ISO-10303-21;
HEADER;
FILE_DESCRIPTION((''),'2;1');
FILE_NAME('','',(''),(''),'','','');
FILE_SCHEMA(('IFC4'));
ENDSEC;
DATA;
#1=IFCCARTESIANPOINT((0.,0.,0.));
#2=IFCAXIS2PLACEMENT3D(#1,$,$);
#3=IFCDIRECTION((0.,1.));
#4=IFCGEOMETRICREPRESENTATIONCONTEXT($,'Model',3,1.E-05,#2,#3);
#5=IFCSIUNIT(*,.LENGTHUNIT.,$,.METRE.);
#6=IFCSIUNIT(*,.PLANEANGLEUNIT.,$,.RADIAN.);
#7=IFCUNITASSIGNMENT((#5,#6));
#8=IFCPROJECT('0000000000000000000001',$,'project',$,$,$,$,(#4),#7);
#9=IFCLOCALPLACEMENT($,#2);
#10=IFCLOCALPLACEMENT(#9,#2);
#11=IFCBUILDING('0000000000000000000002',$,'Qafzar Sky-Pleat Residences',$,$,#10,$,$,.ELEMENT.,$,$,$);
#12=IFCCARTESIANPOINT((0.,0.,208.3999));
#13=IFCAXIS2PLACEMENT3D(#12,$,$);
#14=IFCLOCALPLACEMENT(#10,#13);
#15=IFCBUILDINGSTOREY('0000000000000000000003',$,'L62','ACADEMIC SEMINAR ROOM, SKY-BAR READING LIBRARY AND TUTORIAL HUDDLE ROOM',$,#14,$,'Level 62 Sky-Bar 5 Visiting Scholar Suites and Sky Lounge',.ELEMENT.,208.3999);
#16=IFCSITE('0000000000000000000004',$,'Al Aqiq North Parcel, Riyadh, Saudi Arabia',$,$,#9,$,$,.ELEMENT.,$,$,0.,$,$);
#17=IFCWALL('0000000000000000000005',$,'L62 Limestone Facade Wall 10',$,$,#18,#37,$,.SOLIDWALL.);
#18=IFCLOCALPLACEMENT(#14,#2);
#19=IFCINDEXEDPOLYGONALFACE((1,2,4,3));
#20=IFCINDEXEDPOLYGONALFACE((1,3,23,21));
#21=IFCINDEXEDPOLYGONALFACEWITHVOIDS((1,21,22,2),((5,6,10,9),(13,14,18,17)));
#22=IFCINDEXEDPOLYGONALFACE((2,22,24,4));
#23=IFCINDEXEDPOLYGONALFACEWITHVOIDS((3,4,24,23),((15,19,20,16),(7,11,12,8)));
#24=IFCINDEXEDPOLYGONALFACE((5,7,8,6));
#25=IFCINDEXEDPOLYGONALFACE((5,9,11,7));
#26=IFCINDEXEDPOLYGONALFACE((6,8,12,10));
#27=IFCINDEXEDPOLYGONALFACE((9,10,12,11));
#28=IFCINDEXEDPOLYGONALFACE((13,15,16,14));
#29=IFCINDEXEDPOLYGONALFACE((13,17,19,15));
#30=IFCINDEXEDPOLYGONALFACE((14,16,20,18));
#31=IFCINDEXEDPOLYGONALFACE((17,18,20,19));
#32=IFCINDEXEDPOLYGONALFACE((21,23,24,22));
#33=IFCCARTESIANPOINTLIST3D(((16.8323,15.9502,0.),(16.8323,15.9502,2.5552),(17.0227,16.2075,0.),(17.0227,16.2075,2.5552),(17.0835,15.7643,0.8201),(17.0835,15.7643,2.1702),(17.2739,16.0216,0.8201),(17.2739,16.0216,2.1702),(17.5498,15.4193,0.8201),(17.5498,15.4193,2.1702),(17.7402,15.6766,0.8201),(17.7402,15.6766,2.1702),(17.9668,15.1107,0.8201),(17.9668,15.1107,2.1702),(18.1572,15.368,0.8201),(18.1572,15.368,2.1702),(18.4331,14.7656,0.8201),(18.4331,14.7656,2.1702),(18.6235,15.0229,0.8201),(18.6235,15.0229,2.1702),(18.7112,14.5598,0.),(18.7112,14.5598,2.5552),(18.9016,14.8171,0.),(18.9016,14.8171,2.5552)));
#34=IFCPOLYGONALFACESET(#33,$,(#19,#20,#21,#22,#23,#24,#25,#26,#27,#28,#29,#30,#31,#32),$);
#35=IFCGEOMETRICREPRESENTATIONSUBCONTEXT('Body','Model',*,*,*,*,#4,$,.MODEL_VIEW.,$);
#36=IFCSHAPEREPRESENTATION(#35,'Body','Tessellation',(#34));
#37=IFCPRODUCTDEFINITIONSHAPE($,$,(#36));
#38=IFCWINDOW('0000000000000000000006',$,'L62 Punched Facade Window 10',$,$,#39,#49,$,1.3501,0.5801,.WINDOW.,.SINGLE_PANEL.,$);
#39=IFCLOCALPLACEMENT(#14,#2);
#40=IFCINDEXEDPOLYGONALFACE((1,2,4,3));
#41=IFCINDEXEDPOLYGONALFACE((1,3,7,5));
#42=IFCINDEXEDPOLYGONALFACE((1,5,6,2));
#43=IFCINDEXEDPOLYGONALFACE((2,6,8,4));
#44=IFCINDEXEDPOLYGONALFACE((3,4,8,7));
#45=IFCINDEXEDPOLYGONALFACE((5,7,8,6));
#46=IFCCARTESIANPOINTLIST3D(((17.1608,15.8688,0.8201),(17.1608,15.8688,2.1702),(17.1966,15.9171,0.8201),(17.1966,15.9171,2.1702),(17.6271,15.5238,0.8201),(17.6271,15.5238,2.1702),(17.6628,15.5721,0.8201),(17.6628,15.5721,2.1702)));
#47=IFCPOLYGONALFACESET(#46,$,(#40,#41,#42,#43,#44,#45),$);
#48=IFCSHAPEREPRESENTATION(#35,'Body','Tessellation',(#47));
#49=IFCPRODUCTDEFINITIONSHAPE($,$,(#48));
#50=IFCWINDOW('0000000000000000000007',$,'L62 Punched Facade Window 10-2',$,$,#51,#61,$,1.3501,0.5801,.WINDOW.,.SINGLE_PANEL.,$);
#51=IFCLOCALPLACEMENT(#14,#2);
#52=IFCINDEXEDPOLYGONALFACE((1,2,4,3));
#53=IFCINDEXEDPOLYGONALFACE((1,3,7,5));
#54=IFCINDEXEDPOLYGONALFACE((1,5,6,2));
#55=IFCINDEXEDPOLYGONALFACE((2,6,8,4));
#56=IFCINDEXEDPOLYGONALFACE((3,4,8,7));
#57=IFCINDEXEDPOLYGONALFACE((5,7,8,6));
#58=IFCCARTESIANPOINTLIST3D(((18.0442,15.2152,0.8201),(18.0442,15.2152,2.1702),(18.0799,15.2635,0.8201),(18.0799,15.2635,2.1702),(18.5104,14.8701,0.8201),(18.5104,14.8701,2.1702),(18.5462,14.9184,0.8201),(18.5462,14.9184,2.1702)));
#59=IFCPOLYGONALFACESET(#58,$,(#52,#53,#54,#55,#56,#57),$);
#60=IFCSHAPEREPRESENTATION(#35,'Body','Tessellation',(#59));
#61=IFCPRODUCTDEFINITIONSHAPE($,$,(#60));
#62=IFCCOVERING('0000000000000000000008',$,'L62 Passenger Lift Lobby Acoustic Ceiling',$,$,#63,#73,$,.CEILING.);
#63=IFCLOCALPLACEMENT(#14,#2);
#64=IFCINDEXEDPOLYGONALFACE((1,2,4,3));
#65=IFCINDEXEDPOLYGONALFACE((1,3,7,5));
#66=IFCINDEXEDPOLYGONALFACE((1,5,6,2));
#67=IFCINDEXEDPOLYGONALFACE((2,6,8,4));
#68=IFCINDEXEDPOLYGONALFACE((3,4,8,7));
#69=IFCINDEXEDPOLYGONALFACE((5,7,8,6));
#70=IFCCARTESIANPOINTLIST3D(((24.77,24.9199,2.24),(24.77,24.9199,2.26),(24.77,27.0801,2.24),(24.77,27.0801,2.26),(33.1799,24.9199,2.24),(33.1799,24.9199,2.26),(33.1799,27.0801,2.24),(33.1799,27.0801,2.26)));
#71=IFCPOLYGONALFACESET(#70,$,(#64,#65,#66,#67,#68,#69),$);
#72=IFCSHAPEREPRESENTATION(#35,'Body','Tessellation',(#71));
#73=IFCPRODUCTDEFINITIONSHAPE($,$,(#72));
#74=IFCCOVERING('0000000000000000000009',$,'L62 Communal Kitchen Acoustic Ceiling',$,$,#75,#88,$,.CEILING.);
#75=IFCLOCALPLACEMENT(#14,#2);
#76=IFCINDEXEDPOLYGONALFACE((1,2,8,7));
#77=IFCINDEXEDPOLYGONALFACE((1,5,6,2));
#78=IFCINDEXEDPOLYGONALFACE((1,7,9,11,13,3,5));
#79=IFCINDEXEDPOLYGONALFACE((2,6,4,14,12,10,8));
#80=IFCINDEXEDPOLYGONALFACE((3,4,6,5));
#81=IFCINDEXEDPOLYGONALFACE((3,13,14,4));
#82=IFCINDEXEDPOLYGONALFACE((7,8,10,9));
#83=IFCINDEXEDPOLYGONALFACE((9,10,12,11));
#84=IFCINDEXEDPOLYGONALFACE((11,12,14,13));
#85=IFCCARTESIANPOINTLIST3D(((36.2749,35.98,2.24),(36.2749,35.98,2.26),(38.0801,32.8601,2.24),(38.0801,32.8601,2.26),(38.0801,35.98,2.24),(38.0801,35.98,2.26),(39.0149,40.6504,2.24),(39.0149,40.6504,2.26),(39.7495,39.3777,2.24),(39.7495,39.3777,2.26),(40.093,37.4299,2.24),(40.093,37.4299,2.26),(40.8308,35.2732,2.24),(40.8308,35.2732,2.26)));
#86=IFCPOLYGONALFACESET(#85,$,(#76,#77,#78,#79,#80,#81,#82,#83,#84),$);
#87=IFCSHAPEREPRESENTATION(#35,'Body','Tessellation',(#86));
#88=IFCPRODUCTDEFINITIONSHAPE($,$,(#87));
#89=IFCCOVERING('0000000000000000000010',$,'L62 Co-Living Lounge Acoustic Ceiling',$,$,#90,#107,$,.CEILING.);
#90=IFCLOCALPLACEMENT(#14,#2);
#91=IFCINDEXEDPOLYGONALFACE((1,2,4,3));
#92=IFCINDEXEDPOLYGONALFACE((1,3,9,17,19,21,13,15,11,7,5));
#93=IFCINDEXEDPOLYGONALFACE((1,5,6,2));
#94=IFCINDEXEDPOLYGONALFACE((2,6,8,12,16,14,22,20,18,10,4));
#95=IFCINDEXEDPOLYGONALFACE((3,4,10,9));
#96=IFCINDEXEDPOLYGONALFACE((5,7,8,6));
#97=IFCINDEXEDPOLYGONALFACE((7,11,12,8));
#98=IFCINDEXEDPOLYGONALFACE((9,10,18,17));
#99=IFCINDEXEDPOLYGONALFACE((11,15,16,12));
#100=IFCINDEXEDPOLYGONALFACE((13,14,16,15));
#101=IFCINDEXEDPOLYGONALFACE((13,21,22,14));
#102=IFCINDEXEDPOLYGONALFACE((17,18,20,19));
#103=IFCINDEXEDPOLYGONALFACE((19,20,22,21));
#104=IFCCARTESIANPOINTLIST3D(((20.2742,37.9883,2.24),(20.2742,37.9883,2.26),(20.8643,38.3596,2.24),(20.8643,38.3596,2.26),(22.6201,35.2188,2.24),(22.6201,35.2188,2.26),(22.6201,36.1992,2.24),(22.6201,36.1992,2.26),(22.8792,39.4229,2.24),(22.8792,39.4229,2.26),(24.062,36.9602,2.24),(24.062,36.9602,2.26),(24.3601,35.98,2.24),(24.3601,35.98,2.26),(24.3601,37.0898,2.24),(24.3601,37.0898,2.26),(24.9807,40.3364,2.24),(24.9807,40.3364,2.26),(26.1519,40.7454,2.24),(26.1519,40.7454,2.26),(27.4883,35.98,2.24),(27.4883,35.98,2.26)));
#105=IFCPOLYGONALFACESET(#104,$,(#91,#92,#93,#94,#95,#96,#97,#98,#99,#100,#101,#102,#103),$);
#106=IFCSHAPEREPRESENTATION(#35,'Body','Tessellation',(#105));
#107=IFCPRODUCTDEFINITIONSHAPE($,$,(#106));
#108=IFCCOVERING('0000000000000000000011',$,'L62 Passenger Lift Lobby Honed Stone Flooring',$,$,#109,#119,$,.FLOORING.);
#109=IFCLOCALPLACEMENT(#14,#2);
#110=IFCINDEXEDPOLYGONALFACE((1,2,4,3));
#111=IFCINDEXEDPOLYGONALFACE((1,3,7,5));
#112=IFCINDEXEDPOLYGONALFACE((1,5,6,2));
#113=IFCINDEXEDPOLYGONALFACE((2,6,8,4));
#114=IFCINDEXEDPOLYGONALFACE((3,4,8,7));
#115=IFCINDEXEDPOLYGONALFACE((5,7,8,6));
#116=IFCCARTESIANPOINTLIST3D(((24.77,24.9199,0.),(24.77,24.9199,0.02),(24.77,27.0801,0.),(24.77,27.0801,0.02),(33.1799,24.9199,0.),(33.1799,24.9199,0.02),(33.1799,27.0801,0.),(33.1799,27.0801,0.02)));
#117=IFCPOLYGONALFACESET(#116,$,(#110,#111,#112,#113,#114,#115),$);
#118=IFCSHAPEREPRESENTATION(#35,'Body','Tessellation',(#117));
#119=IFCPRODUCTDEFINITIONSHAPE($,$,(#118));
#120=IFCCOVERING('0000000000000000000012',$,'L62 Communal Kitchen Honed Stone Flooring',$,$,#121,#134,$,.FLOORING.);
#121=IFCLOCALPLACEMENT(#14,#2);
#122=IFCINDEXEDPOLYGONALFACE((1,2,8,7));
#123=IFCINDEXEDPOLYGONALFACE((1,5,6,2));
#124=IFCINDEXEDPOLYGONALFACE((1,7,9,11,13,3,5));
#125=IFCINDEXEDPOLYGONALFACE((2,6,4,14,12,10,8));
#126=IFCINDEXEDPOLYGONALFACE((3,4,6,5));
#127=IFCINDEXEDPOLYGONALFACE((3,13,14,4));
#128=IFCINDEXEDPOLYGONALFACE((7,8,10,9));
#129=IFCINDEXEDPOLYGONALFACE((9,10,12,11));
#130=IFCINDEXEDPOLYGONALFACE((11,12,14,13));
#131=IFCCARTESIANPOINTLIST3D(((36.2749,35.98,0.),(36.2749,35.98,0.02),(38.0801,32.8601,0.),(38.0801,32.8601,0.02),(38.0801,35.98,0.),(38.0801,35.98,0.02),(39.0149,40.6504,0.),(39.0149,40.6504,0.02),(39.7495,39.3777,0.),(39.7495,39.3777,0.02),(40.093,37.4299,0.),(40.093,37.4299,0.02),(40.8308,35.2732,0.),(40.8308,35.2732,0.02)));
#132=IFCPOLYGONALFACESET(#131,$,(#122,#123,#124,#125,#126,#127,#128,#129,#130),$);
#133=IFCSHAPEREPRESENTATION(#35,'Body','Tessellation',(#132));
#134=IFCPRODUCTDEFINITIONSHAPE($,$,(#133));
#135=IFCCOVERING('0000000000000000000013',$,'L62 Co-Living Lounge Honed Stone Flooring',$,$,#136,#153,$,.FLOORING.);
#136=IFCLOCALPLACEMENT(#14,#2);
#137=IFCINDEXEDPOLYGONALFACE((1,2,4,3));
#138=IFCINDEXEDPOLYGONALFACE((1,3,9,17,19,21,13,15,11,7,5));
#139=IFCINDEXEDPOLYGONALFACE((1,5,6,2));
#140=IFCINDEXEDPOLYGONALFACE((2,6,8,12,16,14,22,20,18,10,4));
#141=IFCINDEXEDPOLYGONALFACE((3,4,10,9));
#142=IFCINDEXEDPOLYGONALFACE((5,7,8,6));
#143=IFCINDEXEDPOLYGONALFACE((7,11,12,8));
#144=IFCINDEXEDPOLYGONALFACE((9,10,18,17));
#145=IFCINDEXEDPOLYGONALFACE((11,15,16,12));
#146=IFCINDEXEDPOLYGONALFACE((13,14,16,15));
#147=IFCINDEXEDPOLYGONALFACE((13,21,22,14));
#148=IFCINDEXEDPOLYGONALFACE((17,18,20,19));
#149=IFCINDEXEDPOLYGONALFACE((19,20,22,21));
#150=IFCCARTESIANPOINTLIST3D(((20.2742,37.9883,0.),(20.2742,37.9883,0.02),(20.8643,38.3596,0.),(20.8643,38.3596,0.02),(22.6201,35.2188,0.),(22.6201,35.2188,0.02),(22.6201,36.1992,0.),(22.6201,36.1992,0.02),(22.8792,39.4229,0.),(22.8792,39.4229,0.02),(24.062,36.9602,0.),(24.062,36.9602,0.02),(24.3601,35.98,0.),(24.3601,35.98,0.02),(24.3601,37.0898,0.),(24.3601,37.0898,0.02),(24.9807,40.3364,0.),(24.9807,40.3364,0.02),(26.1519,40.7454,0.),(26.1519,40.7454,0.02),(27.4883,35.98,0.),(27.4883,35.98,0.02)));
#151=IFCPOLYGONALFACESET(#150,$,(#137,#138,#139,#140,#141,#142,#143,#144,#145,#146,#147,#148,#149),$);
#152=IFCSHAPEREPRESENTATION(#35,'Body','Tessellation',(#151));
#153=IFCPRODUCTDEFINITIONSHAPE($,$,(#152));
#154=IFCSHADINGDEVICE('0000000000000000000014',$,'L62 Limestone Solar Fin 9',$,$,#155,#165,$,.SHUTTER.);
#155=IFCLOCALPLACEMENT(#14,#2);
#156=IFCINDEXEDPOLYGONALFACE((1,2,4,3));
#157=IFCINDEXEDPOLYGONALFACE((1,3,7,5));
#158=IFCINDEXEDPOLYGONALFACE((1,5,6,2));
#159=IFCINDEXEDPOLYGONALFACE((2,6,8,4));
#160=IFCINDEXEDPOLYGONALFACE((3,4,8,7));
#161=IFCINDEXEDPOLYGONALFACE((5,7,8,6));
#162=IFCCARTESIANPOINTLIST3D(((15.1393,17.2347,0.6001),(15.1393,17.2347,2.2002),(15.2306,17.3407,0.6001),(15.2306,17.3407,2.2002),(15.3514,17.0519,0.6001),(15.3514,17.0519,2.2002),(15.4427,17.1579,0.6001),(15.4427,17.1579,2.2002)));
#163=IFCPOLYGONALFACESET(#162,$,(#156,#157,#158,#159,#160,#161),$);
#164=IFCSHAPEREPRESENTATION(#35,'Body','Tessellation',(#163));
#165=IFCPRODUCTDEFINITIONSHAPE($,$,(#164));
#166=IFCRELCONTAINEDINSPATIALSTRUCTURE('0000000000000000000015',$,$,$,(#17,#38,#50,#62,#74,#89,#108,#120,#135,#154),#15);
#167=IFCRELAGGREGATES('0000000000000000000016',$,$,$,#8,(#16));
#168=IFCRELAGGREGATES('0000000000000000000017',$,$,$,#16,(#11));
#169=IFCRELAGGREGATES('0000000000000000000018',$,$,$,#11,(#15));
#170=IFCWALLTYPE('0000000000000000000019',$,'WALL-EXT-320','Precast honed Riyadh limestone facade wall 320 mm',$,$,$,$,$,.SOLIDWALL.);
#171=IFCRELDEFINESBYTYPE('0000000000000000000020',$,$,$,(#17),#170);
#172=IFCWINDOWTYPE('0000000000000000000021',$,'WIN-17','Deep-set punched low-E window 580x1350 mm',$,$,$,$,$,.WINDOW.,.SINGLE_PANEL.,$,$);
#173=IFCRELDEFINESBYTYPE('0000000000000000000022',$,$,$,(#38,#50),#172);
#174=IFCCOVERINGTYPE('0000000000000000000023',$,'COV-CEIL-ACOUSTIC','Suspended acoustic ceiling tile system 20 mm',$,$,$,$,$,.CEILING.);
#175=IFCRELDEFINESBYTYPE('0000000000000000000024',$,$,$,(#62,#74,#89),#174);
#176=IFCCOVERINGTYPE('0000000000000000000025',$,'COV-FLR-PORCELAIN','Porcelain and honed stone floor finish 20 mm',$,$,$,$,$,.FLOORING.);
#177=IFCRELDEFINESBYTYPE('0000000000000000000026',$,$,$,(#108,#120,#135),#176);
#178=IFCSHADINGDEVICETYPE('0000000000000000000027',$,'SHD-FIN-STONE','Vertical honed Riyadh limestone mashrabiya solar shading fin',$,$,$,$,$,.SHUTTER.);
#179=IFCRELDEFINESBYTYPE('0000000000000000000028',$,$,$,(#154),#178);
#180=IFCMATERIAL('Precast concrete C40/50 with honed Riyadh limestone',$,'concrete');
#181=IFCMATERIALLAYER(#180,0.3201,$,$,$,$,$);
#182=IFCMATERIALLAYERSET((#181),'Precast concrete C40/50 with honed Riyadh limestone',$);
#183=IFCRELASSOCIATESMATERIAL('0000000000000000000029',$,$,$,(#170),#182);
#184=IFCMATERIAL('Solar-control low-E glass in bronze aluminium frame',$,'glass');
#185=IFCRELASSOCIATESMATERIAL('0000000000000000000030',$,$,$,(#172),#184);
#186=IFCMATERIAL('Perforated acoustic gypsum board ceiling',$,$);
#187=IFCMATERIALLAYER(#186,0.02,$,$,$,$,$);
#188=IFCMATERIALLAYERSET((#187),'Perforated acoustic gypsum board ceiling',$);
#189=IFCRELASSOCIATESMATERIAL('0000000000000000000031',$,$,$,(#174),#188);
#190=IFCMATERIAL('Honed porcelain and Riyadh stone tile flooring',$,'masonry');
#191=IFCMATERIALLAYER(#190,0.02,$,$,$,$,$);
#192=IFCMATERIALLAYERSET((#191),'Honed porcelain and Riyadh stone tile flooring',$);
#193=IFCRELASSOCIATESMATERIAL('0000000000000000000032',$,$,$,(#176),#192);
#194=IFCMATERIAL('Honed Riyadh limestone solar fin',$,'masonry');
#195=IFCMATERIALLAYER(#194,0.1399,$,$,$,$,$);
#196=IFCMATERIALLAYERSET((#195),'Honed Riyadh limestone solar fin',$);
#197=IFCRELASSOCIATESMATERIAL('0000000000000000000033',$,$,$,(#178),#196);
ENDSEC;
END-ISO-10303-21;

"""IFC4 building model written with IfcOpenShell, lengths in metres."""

from ifc_helpers import new_model, si_unit, direction, frame, frame_2d, origin, origin_2d, place, context, subcontext, project, spatial, polyline, rectangle, outline, extrude, source, transform, mapped, material, layer, layer_set, type_object, element, fill, save


model = new_model("IFC4")

# Units and contexts
model_context = context("Model", 3, precision=1e-05, world=origin(), true_north=direction((0.0, 1.0)))
body_context = subcontext(model_context, "Body", "Model", "MODEL_VIEW")
ifc_project = project(units=[si_unit("LENGTHUNIT", "METRE"), si_unit("PLANEANGLEUNIT", "RADIAN")], contexts=[model_context])

# Site, building, storey
site_placement = place(None, origin())
site = spatial("IfcSite", under=ifc_project, at=site_placement, Name="Al Aqiq North Parcel, Riyadh, Saudi Arabia", CompositionType="ELEMENT", RefElevation=0.0)
building_placement = place(site_placement, origin())
building = spatial("IfcBuilding", under=site, at=building_placement, Name="Qafzar Sky-Pleat Residences", CompositionType="ELEMENT")
storey_placement = place(building_placement, frame((0.0, 0.0, 208.3999)))
storey = spatial("IfcBuildingStorey", under=building, at=storey_placement, Name="L62", Description="ACADEMIC SEMINAR ROOM, SKY-BAR READING LIBRARY AND TUTORIAL HUDDLE ROOM", LongName="Level 62 Sky-Bar 5 Visiting Scholar Suites and Sky Lounge", CompositionType="ELEMENT", Elevation=208.3999)

# Wall, openings, windows
ifc_material_1 = material(Name="Precast concrete C40/50 with honed Riyadh limestone", Category="concrete")
ifc_layer_1 = layer(ifc_material_1, 0.3201)
ifc_layer_set_1 = layer_set([ifc_layer_1], Name="Precast concrete C40/50 with honed Riyadh limestone")
wall_type_1 = type_object("IfcWallType", Name="WALL-EXT-320", Description="Precast honed Riyadh limestone facade wall 320 mm", PredefinedType="SOLIDWALL", material=ifc_layer_set_1)
wall_1_placement = place(storey_placement, frame((16.9275, 16.0789, 0.0), z_axis=(0.0, 0.0, 1.0), x_axis=(0.803844, -0.59484, 0.0)))
wall_1 = element("IfcWall", 1, at=wall_1_placement, inside=storey, type_object=wall_type_1, Name="L62 Limestone Facade Wall 10", PredefinedType="SOLIDWALL", context=body_context, shape_type="SweptSolid", body=[
    extrude(rectangle(XDim=2.3374, YDim=0.3201, at=frame_2d((1.1687, 0.0))), origin(), (0.0, 0.0, 1.0), 2.5552),
])
opening_1_placement = place(wall_1_placement, frame((0.3125, 0.0, 0.8201)))
opening_1 = element("IfcOpeningElement", 2, at=opening_1_placement, cuts=wall_1, PredefinedType="OPENING", context=body_context, shape_type="SweptSolid", body=[
    extrude(rectangle(XDim=0.5801, YDim=1.3501, at=frame_2d((0.29, 0.675))), frame((0.0, 0.1699, 0.0), z_axis=(0.0, -1.0, 0.0), x_axis=(1.0, 0.0, 0.0)), (0.0, 0.0, 1.0), 0.3401),
])
opening_2_placement = place(wall_1_placement, frame((1.4114, 0.0, 0.8201)))
opening_2 = element("IfcOpeningElement", 3, at=opening_2_placement, cuts=wall_1, PredefinedType="OPENING", context=body_context, shape_type="SweptSolid", body=[
    extrude(rectangle(XDim=0.5801, YDim=1.3501, at=frame_2d((0.29, 0.675))), frame((0.0, 0.1699, 0.0), z_axis=(0.0, -1.0, 0.0), x_axis=(1.0, 0.0, 0.0)), (0.0, 0.0, 1.0), 0.3401),
])
ifc_material_2 = material(Name="Solar-control low-E glass in bronze aluminium frame", Category="glass")
window_type = type_object("IfcWindowType", Name="WIN-17", Description="Deep-set punched low-E window 580x1350 mm", PartitioningType="SINGLE_PANEL", PredefinedType="WINDOW", material=ifc_material_2)
shared_shape_1 = source(origin(), body_context, "Body", "SweptSolid", [
    extrude(rectangle(XDim=0.5801, YDim=1.3501, at=frame_2d((0.29, 0.675))), frame((0.0, 0.03, 0.0), z_axis=(0.0, -1.0, 0.0), x_axis=(1.0, 0.0, 0.0)), (0.0, 0.0, 1.0), 0.0601),
])
window_1_placement = place(opening_1_placement, origin())
window_1 = element("IfcWindow", 4, at=window_1_placement, inside=storey, type_object=window_type, Name="L62 Punched Facade Window 10", OverallHeight=1.3501, OverallWidth=0.5801, PartitioningType="SINGLE_PANEL", PredefinedType="WINDOW", context=body_context, shape_type="MappedRepresentation", body=[
    mapped(shared_shape_1, transform((0.0, 0.0, 0.0), x_axis=(1.0, 0.0, 0.0), y_axis=(0.0, 1.0, 0.0), z_axis=(0.0, 0.0, 1.0), scale=1.0)),
])
fill(opening_1, window_1)
window_2_placement = place(opening_2_placement, origin())
window_2 = element("IfcWindow", 5, at=window_2_placement, inside=storey, type_object=window_type, Name="L62 Punched Facade Window 10-2", OverallHeight=1.3501, OverallWidth=0.5801, PartitioningType="SINGLE_PANEL", PredefinedType="WINDOW", context=body_context, shape_type="MappedRepresentation", body=[
    mapped(shared_shape_1, transform((0.0, 0.0, 0.0), x_axis=(1.0, 0.0, 0.0), y_axis=(0.0, 1.0, 0.0), z_axis=(0.0, 0.0, 1.0), scale=1.0)),
])
fill(opening_2, window_2)

# Coverings
ifc_material_3 = material(Name="Perforated acoustic gypsum board ceiling")
ifc_layer_2 = layer(ifc_material_3, 0.02)
ifc_layer_set_2 = layer_set([ifc_layer_2], Name="Perforated acoustic gypsum board ceiling")
covering_type_1 = type_object("IfcCoveringType", Name="COV-CEIL-ACOUSTIC", Description="Suspended acoustic ceiling tile system 20 mm", PredefinedType="CEILING", material=ifc_layer_set_2)
covering_1_placement = place(storey_placement, frame((0.0, 0.0, 2.24)))
element("IfcCovering", 6, at=covering_1_placement, inside=storey, type_object=covering_type_1, Name="L62 Passenger Lift Lobby Acoustic Ceiling", PredefinedType="CEILING", context=body_context, shape_type="SweptSolid", body=[
    extrude(outline(polyline([(33.1799, 24.9199), (24.77, 24.9199), (24.77, 27.0801), (33.1799, 27.0801), (33.1799, 24.9199)])), origin(), (0.0, 0.0, 1.0), 0.02),
])
covering_2_placement = place(storey_placement, frame((0.0, 0.0, 2.24)))
element("IfcCovering", 7, at=covering_2_placement, inside=storey, type_object=covering_type_1, Name="L62 Communal Kitchen Acoustic Ceiling", PredefinedType="CEILING", context=body_context, shape_type="SweptSolid", body=[
    extrude(outline(polyline([(39.7495, 39.3777), (40.093, 37.4299), (40.8308, 35.2732), (38.0801, 32.8601), (38.0801, 35.98), (36.2749, 35.98), (39.0149, 40.6504), (39.7495, 39.3777)])), origin(), (0.0, 0.0, 1.0), 0.02),
])
covering_3_placement = place(storey_placement, frame((0.0, 0.0, 2.24)))
element("IfcCovering", 8, at=covering_3_placement, inside=storey, type_object=covering_type_1, Name="L62 Co-Living Lounge Acoustic Ceiling", PredefinedType="CEILING", context=body_context, shape_type="SweptSolid", body=[
    extrude(outline(polyline([(20.8643, 38.3596), (22.8792, 39.4229), (24.9807, 40.3364), (26.1519, 40.7454), (27.4883, 35.98), (24.3601, 35.98), (24.3601, 37.0898), (24.062, 36.9602), (22.6201, 36.1992), (22.6201, 35.2188), (20.2742, 37.9883), (20.8643, 38.3596)])), origin(), (0.0, 0.0, 1.0), 0.02),
])
ifc_material_4 = material(Name="Honed porcelain and Riyadh stone tile flooring", Category="masonry")
ifc_layer_3 = layer(ifc_material_4, 0.02)
ifc_layer_set_3 = layer_set([ifc_layer_3], Name="Honed porcelain and Riyadh stone tile flooring")
covering_type_2 = type_object("IfcCoveringType", Name="COV-FLR-PORCELAIN", Description="Porcelain and honed stone floor finish 20 mm", PredefinedType="FLOORING", material=ifc_layer_set_3)
covering_4_placement = place(storey_placement, origin())
element("IfcCovering", 9, at=covering_4_placement, inside=storey, type_object=covering_type_2, Name="L62 Passenger Lift Lobby Honed Stone Flooring", PredefinedType="FLOORING", context=body_context, shape_type="SweptSolid", body=[
    extrude(outline(polyline([(33.1799, 24.9199), (24.77, 24.9199), (24.77, 27.0801), (33.1799, 27.0801), (33.1799, 24.9199)])), origin(), (0.0, 0.0, 1.0), 0.02),
])
covering_5_placement = place(storey_placement, origin())
element("IfcCovering", 10, at=covering_5_placement, inside=storey, type_object=covering_type_2, Name="L62 Communal Kitchen Honed Stone Flooring", PredefinedType="FLOORING", context=body_context, shape_type="SweptSolid", body=[
    extrude(outline(polyline([(39.7495, 39.3777), (40.093, 37.4299), (40.8308, 35.2732), (38.0801, 32.8601), (38.0801, 35.98), (36.2749, 35.98), (39.0149, 40.6504), (39.7495, 39.3777)])), origin(), (0.0, 0.0, 1.0), 0.02),
])
covering_6_placement = place(storey_placement, origin())
element("IfcCovering", 11, at=covering_6_placement, inside=storey, type_object=covering_type_2, Name="L62 Co-Living Lounge Honed Stone Flooring", PredefinedType="FLOORING", context=body_context, shape_type="SweptSolid", body=[
    extrude(outline(polyline([(20.8643, 38.3596), (22.8792, 39.4229), (24.9807, 40.3364), (26.1519, 40.7454), (27.4883, 35.98), (24.3601, 35.98), (24.3601, 37.0898), (24.062, 36.9602), (22.6201, 36.1992), (22.6201, 35.2188), (20.2742, 37.9883), (20.8643, 38.3596)])), origin(), (0.0, 0.0, 1.0), 0.02),
])

# Shading device
ifc_material_5 = material(Name="Honed Riyadh limestone solar fin", Category="masonry")
ifc_layer_4 = layer(ifc_material_5, 0.1399)
ifc_layer_set_4 = layer_set([ifc_layer_4], Name="Honed Riyadh limestone solar fin")
shading_device_type = type_object("IfcShadingDeviceType", Name="SHD-FIN-STONE", Description="Vertical honed Riyadh limestone mashrabiya solar shading fin", PredefinedType="SHUTTER", material=ifc_layer_set_4)
shared_shape_2 = source(origin(), body_context, "Body", "SweptSolid", [
    extrude(rectangle(XDim=0.1399, YDim=0.28, at=origin_2d()), origin(), (0.0, 0.0, 1.0), 1.6001),
])
shading_device_placement = place(storey_placement, frame((15.291, 17.1963, 0.6001), z_axis=(0.0, 0.0, 1.0), x_axis=(-0.652839, -0.757496, 0.0)))
element("IfcShadingDevice", 12, at=shading_device_placement, inside=storey, type_object=shading_device_type, Name="L62 Limestone Solar Fin 9", PredefinedType="SHUTTER", context=body_context, shape_type="MappedRepresentation", body=[
    mapped(shared_shape_2, transform((0.0, 0.0, 0.0), x_axis=(1.0, 0.0, 0.0), y_axis=(0.0, 1.0, 0.0), z_axis=(0.0, 0.0, 1.0), scale=1.0)),
])

save(model, "model.ifc")
